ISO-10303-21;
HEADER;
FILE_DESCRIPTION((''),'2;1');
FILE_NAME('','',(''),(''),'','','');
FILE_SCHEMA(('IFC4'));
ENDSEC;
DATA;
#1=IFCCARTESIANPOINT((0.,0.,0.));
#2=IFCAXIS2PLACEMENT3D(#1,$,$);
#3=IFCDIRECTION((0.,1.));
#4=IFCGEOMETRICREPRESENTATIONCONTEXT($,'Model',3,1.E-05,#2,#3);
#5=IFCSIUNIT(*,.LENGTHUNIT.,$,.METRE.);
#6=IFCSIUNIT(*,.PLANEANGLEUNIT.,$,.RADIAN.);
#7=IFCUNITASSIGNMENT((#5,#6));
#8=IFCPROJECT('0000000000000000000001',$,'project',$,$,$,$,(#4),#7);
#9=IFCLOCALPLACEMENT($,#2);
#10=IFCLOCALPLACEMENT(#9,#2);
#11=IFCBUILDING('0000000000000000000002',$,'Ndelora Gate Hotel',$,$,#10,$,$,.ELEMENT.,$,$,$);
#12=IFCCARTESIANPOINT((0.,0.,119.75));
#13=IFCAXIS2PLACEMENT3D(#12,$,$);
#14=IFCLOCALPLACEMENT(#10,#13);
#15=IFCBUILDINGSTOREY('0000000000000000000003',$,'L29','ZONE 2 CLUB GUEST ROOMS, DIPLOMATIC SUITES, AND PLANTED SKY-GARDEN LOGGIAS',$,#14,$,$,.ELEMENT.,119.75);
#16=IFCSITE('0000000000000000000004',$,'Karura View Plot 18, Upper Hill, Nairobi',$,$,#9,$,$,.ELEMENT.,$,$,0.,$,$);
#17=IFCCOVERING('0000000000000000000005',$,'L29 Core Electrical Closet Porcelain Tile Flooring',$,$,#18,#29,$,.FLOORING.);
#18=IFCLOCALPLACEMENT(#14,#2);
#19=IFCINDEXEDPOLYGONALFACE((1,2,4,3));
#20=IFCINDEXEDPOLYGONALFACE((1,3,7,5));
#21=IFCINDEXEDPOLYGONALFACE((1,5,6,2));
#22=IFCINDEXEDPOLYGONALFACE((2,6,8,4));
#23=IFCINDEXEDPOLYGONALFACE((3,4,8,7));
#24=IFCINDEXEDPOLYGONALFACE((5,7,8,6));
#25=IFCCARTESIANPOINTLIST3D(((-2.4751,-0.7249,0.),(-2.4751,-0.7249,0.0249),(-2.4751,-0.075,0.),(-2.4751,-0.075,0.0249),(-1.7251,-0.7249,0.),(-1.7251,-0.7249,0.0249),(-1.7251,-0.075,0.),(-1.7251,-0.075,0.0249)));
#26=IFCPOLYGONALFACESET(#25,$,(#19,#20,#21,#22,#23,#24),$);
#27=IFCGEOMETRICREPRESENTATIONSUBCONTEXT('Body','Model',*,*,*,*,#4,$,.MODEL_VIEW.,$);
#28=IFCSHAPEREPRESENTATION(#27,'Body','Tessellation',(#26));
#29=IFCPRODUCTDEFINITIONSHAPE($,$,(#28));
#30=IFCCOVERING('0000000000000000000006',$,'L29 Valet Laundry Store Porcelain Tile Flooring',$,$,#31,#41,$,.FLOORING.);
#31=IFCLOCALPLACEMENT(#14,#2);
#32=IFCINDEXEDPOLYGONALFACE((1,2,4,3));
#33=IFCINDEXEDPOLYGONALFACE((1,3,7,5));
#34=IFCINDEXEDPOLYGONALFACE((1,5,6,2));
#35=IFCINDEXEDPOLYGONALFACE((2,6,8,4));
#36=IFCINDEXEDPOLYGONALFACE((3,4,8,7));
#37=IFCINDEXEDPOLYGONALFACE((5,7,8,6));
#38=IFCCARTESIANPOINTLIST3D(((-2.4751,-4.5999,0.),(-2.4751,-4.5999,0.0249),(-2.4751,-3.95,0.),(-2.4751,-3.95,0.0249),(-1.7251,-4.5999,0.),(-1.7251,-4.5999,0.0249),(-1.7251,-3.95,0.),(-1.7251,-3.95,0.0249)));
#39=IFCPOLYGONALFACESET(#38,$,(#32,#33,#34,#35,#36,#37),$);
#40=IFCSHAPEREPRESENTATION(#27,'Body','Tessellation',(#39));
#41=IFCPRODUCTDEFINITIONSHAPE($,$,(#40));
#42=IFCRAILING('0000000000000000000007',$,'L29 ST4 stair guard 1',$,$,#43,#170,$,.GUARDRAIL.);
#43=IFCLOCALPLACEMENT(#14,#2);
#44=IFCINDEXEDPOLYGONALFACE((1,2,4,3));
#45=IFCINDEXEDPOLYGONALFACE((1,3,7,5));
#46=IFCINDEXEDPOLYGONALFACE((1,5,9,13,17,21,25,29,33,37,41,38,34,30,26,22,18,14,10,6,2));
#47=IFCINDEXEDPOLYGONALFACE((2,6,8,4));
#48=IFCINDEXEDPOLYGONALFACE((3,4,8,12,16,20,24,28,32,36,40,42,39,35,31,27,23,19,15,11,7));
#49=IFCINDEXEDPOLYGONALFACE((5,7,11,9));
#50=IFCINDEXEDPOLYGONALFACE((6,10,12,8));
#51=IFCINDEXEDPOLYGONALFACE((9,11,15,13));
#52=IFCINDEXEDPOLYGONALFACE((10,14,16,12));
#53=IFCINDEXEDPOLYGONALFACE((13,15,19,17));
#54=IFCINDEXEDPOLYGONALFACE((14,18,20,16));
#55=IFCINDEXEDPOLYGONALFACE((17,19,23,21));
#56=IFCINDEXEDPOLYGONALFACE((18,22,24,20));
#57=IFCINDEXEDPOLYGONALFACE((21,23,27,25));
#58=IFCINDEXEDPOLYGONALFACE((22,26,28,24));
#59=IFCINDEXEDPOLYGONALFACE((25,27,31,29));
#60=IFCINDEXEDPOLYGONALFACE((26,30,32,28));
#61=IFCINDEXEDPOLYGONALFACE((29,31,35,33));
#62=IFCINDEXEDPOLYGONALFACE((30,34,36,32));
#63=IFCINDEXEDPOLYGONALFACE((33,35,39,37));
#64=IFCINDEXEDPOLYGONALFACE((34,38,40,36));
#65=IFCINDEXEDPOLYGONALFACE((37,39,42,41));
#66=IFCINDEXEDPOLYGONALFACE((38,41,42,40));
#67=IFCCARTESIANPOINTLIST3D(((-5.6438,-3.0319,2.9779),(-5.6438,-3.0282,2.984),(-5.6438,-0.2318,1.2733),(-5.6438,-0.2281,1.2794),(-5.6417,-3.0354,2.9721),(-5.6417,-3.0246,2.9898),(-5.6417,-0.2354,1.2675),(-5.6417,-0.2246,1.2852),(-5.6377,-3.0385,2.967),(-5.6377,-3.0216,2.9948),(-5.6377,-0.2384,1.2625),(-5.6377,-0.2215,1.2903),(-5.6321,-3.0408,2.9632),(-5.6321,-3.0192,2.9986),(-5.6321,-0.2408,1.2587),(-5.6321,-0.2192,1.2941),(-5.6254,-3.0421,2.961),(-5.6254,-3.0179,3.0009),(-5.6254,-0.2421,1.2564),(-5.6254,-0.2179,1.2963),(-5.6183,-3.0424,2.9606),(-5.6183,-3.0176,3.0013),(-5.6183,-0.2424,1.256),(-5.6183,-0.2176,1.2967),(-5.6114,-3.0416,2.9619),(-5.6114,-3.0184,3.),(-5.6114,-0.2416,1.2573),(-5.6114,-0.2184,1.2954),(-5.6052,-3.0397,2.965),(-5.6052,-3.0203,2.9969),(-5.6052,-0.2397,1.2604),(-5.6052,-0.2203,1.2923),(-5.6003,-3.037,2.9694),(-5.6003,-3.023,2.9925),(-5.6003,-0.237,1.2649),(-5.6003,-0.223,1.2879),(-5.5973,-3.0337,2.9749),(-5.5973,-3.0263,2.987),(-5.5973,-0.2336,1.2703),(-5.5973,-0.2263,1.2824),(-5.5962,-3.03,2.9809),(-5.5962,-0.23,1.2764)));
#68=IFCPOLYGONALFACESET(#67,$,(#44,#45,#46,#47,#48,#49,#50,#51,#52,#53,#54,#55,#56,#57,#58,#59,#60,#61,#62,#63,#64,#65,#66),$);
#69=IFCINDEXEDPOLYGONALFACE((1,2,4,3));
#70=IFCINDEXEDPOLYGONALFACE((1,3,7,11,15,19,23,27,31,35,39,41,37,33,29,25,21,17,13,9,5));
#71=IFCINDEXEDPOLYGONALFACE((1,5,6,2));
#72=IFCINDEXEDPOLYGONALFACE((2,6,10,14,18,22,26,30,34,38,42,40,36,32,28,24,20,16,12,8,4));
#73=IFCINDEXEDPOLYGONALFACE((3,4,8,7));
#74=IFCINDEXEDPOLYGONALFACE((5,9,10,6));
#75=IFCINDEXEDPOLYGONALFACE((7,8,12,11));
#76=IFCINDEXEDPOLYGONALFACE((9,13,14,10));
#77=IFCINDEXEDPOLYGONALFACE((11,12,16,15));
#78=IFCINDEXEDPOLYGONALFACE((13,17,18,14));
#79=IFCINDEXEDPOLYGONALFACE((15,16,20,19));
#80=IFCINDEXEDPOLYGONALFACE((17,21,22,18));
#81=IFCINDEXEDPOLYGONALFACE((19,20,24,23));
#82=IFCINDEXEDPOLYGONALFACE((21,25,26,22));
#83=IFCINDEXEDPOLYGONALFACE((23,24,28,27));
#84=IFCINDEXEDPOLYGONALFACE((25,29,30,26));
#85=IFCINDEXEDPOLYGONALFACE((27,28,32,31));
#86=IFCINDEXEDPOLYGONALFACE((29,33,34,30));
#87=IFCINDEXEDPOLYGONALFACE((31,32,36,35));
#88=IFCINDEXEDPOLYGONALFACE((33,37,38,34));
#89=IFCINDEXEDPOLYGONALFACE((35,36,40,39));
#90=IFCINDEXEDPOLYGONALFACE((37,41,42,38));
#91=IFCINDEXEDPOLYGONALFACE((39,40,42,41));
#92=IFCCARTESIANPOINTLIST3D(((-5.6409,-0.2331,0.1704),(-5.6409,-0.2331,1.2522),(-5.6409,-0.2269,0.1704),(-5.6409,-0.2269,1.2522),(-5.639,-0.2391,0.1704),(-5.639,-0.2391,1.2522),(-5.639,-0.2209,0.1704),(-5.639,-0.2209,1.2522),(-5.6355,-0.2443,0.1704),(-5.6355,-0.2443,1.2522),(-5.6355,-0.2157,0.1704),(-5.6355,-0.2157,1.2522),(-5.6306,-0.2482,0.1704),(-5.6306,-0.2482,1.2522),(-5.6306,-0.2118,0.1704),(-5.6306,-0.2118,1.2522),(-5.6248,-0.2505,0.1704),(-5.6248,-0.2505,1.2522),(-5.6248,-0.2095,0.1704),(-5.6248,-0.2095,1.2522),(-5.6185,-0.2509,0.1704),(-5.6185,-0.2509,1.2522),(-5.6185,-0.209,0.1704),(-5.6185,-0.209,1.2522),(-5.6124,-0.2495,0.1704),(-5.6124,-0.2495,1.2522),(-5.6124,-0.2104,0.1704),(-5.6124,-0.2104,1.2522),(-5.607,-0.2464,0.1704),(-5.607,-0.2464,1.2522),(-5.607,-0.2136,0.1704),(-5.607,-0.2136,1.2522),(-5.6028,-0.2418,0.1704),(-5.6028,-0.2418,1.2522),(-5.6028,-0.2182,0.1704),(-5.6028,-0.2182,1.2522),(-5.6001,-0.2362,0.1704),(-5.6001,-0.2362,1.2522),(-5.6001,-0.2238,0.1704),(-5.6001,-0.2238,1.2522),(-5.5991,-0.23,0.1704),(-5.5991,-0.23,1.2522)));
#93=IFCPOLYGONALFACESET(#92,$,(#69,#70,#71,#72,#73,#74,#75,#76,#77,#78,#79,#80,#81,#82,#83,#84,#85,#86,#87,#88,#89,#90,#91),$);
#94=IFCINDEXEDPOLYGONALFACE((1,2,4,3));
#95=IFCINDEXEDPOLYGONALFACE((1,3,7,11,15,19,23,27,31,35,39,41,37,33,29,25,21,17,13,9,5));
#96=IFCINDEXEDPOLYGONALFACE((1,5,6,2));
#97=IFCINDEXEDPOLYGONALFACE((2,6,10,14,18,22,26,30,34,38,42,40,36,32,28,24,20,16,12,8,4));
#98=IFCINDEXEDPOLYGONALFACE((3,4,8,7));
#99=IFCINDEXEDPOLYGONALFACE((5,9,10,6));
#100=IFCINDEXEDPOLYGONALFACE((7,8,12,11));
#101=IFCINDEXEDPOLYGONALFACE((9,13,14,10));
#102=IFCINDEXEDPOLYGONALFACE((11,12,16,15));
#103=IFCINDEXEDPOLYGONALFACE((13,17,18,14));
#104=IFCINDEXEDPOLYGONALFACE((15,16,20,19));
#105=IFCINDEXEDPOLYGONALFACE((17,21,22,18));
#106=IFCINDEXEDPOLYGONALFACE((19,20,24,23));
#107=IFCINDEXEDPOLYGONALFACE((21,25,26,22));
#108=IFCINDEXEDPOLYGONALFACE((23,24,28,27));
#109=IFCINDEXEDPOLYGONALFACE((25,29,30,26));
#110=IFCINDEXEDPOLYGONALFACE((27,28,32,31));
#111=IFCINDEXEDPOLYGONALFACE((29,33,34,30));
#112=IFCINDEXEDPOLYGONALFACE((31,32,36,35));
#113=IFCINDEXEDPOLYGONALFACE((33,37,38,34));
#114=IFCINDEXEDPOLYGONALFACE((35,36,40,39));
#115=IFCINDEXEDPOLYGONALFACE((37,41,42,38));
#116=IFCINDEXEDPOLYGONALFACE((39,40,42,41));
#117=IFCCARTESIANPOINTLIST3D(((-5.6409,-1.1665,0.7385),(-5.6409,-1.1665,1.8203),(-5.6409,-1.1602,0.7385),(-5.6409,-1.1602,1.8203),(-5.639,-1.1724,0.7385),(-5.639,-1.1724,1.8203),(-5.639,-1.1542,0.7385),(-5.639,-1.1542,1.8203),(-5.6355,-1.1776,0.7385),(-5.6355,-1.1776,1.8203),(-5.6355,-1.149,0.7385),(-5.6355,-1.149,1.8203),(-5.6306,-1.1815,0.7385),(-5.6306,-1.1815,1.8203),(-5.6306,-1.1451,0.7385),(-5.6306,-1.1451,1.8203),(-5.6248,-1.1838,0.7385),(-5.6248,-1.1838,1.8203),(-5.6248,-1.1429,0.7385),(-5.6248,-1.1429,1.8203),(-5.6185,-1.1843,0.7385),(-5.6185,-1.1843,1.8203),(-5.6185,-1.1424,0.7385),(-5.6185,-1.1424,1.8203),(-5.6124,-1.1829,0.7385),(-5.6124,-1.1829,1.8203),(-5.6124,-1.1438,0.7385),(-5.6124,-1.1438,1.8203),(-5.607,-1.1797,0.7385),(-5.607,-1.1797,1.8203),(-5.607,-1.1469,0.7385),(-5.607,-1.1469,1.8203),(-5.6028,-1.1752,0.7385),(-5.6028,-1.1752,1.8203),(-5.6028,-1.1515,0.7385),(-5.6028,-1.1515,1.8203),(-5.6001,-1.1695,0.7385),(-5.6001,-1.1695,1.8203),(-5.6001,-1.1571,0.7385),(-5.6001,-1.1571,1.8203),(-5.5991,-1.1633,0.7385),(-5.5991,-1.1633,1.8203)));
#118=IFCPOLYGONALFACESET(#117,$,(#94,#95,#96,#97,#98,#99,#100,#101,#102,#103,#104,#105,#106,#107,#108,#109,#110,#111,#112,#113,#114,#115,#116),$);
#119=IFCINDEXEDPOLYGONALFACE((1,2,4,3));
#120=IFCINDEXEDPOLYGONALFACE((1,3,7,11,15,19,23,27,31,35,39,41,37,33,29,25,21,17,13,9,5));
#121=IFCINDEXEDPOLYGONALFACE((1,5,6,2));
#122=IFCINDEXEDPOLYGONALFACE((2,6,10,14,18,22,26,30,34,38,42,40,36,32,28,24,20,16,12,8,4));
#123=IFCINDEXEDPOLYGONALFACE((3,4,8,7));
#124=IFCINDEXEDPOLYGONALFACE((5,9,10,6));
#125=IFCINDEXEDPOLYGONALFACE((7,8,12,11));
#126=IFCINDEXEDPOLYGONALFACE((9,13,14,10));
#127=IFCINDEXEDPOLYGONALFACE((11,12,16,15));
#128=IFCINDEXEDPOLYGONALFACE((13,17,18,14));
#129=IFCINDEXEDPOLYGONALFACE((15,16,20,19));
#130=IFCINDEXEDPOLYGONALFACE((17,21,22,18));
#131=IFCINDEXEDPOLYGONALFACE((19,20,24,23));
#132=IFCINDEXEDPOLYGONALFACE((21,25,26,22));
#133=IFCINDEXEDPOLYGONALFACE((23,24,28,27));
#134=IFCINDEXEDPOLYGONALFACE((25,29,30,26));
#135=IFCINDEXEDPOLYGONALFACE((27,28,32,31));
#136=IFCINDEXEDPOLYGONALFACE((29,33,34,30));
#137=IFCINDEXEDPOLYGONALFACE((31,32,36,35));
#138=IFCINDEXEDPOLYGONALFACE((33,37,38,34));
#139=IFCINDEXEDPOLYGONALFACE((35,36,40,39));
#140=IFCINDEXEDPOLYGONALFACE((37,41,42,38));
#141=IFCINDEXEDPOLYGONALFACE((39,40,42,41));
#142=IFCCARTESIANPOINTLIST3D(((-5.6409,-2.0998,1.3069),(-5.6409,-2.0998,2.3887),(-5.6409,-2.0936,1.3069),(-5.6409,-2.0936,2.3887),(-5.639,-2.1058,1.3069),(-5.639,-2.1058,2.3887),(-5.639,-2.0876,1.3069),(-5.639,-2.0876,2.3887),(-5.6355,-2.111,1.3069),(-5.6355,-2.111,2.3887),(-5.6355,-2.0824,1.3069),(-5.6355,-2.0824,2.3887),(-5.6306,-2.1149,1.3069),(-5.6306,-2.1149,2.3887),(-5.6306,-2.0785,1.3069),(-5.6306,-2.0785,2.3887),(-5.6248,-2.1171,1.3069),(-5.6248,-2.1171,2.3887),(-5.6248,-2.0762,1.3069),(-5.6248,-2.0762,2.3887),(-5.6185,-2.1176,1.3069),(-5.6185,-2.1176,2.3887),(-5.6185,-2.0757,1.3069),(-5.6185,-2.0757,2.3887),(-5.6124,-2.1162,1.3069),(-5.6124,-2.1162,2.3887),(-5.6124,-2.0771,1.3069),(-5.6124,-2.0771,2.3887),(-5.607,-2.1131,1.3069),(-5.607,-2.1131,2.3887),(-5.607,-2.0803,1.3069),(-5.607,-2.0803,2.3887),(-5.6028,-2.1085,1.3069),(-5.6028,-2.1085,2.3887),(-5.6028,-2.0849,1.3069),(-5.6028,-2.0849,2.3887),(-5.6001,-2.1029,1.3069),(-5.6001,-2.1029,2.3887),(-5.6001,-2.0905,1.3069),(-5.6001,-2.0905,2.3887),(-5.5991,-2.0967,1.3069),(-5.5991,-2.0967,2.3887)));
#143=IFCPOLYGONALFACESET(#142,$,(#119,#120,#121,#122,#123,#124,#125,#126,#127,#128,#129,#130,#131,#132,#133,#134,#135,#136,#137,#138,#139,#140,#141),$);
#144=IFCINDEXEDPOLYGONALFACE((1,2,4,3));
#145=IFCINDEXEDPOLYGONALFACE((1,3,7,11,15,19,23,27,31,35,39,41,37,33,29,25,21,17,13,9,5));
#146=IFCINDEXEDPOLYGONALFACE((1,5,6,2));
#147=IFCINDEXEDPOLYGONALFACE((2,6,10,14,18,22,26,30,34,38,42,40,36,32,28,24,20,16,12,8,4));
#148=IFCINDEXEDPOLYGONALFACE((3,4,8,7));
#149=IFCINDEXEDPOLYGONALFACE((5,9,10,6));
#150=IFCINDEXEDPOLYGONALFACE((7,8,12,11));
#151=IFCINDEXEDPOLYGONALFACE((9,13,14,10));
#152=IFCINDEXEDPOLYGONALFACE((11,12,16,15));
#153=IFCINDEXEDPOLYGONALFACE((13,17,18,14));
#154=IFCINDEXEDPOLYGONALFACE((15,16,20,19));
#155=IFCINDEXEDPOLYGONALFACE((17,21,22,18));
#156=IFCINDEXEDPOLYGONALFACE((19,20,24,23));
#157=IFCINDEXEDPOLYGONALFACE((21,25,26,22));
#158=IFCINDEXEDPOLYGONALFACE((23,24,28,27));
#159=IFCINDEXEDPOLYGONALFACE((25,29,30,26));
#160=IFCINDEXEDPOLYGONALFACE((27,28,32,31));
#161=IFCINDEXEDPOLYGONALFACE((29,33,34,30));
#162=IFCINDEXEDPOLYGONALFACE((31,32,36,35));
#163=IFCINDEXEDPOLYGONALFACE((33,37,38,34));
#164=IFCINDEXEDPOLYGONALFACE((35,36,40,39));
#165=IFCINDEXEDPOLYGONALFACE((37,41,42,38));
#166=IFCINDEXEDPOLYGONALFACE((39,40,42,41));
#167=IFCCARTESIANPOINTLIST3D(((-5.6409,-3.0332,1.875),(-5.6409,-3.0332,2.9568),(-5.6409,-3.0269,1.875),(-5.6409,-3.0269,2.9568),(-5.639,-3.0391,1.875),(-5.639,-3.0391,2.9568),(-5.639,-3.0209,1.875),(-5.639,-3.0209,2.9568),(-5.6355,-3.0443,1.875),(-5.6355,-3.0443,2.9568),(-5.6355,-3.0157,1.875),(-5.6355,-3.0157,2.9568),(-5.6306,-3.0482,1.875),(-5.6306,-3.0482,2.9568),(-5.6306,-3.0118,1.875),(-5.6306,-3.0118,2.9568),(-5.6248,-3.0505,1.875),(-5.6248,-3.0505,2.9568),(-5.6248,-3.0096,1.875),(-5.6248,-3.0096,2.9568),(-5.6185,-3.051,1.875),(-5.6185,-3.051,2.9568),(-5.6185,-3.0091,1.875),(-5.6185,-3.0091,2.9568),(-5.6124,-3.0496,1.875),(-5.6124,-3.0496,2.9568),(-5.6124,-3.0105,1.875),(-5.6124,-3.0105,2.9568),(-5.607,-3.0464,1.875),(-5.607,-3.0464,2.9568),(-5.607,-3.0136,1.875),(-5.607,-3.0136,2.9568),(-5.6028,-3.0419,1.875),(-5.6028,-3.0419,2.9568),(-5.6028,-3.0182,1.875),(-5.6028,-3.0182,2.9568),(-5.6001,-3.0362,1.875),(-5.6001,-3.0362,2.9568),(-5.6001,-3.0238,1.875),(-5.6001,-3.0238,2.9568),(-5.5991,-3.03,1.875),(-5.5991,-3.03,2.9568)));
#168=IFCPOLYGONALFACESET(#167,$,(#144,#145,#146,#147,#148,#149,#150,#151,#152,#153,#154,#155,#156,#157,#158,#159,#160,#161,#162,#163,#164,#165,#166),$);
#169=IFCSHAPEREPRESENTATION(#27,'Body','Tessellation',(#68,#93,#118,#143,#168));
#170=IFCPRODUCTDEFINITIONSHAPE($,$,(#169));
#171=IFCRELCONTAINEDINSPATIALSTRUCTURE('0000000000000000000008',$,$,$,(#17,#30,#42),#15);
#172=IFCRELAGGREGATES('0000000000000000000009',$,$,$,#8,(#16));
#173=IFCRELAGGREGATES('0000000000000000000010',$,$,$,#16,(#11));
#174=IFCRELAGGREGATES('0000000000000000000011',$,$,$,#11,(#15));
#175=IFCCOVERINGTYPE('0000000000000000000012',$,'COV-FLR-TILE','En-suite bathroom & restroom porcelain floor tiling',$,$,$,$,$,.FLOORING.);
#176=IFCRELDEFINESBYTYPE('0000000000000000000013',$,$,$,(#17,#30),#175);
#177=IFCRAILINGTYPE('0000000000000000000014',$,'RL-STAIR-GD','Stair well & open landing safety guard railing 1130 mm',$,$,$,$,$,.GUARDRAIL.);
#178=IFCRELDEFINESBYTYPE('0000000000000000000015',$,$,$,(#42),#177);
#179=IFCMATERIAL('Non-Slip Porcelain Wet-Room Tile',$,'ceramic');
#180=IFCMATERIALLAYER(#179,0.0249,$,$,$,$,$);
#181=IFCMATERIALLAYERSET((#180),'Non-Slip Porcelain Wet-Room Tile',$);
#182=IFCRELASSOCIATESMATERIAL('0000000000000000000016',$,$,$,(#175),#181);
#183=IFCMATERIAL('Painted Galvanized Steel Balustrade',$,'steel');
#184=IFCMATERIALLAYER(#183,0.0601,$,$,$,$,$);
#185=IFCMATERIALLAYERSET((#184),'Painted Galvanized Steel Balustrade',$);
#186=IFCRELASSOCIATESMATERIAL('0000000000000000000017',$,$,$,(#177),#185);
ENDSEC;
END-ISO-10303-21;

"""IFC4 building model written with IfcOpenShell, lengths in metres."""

from ifc_helpers import new_model, si_unit, direction, frame, origin, origin_2d, place, context, subcontext, project, spatial, rectangle, circle, extrude, material, layer, layer_set, type_object, element, save


model = new_model("IFC4")

# Units and contexts
model_context = context("Model", 3, precision=1e-05, world=origin(), true_north=direction((0.0, 1.0)))
body_context = subcontext(model_context, "Body", "Model", "MODEL_VIEW")
ifc_project = project(units=[si_unit("LENGTHUNIT", "METRE"), si_unit("PLANEANGLEUNIT", "RADIAN")], contexts=[model_context])

# Site, building, storey
site_placement = place(None, origin())
site = spatial("IfcSite", under=ifc_project, at=site_placement, Name="Karura View Plot 18, Upper Hill, Nairobi", CompositionType="ELEMENT", RefElevation=0.0)
building_placement = place(site_placement, origin())
building = spatial("IfcBuilding", under=site, at=building_placement, Name="Ndelora Gate Hotel", CompositionType="ELEMENT")
storey_placement = place(building_placement, frame((0.0, 0.0, 119.75)))
storey = spatial("IfcBuildingStorey", under=building, at=storey_placement, Name="L29", Description="ZONE 2 CLUB GUEST ROOMS, DIPLOMATIC SUITES, AND PLANTED SKY-GARDEN LOGGIAS", CompositionType="ELEMENT", Elevation=119.75)

# Coverings
ifc_material_1 = material(Name="Non-Slip Porcelain Wet-Room Tile", Category="ceramic")
ifc_layer_1 = layer(ifc_material_1, 0.0249)
ifc_layer_set_1 = layer_set([ifc_layer_1], Name="Non-Slip Porcelain Wet-Room Tile")
covering_type = type_object("IfcCoveringType", Name="COV-FLR-TILE", Description="En-suite bathroom & restroom porcelain floor tiling", PredefinedType="FLOORING", material=ifc_layer_set_1)
for number, where, z_axis, x_axis, name in (
    (1, (-2.1001, -0.3999, 0.0), (0.0, 0.0, 1.0), (1.0, 0.0, 0.0), "L29 Core Electrical Closet Porcelain Tile Flooring"),
    (2, (-2.1001, -4.2749, 0.0), (0.0, 0.0, 1.0), (1.0, 0.0, 0.0), "L29 Valet Laundry Store Porcelain Tile Flooring"),
):
    element("IfcCovering", number, at=place(storey_placement, frame(where, z_axis=z_axis, x_axis=x_axis)), inside=storey, type_object=covering_type, Name=name, PredefinedType="FLOORING", context=body_context, shape_type="SweptSolid", body=[
        extrude(rectangle(XDim=0.75, YDim=0.6499, at=origin_2d()), origin(), (0.0, 0.0, 1.0), 0.0249),
    ])

# Railing
ifc_material_2 = material(Name="Painted Galvanized Steel Balustrade", Category="steel")
ifc_layer_2 = layer(ifc_material_2, 0.0601)
ifc_layer_set_2 = layer_set([ifc_layer_2], Name="Painted Galvanized Steel Balustrade")
railing_type_1 = type_object("IfcRailingType", Name="RL-STAIR-GD", Description="Stair well & open landing safety guard railing 1130 mm", PredefinedType="GUARDRAIL", material=ifc_layer_set_2)
railing_1_placement = place(storey_placement, frame((-5.6201, -0.23, 0.1704)))
element("IfcRailing", 3, at=railing_1_placement, inside=storey, type_object=railing_type_1, Name="L29 ST4 stair guard 1", PredefinedType="GUARDRAIL", context=body_context, shape_type="SweptSolid", body=[
    extrude(circle(Radius=0.0239, at=origin_2d()), frame((0.0, 0.0, 1.106), z_axis=(0.0, -0.85417, 0.519994), x_axis=(1.0, 0.0, 0.0)), (0.0, 0.0, 1.0), 3.2781),
    extrude(circle(Radius=0.021, at=origin_2d()), origin(), (0.0, 0.0, 1.0), 1.0818),
    extrude(circle(Radius=0.021, at=origin_2d()), frame((0.0, -0.9333, 0.5681)), (0.0, 0.0, 1.0), 1.0818),
    extrude(circle(Radius=0.021, at=origin_2d()), frame((0.0, -1.8667, 1.1365)), (0.0, 0.0, 1.0), 1.0818),
    extrude(circle(Radius=0.021, at=origin_2d()), frame((0.0, -2.8, 1.7046)), (0.0, 0.0, 1.0), 1.0818),
])

save(model, "model.ifc")
